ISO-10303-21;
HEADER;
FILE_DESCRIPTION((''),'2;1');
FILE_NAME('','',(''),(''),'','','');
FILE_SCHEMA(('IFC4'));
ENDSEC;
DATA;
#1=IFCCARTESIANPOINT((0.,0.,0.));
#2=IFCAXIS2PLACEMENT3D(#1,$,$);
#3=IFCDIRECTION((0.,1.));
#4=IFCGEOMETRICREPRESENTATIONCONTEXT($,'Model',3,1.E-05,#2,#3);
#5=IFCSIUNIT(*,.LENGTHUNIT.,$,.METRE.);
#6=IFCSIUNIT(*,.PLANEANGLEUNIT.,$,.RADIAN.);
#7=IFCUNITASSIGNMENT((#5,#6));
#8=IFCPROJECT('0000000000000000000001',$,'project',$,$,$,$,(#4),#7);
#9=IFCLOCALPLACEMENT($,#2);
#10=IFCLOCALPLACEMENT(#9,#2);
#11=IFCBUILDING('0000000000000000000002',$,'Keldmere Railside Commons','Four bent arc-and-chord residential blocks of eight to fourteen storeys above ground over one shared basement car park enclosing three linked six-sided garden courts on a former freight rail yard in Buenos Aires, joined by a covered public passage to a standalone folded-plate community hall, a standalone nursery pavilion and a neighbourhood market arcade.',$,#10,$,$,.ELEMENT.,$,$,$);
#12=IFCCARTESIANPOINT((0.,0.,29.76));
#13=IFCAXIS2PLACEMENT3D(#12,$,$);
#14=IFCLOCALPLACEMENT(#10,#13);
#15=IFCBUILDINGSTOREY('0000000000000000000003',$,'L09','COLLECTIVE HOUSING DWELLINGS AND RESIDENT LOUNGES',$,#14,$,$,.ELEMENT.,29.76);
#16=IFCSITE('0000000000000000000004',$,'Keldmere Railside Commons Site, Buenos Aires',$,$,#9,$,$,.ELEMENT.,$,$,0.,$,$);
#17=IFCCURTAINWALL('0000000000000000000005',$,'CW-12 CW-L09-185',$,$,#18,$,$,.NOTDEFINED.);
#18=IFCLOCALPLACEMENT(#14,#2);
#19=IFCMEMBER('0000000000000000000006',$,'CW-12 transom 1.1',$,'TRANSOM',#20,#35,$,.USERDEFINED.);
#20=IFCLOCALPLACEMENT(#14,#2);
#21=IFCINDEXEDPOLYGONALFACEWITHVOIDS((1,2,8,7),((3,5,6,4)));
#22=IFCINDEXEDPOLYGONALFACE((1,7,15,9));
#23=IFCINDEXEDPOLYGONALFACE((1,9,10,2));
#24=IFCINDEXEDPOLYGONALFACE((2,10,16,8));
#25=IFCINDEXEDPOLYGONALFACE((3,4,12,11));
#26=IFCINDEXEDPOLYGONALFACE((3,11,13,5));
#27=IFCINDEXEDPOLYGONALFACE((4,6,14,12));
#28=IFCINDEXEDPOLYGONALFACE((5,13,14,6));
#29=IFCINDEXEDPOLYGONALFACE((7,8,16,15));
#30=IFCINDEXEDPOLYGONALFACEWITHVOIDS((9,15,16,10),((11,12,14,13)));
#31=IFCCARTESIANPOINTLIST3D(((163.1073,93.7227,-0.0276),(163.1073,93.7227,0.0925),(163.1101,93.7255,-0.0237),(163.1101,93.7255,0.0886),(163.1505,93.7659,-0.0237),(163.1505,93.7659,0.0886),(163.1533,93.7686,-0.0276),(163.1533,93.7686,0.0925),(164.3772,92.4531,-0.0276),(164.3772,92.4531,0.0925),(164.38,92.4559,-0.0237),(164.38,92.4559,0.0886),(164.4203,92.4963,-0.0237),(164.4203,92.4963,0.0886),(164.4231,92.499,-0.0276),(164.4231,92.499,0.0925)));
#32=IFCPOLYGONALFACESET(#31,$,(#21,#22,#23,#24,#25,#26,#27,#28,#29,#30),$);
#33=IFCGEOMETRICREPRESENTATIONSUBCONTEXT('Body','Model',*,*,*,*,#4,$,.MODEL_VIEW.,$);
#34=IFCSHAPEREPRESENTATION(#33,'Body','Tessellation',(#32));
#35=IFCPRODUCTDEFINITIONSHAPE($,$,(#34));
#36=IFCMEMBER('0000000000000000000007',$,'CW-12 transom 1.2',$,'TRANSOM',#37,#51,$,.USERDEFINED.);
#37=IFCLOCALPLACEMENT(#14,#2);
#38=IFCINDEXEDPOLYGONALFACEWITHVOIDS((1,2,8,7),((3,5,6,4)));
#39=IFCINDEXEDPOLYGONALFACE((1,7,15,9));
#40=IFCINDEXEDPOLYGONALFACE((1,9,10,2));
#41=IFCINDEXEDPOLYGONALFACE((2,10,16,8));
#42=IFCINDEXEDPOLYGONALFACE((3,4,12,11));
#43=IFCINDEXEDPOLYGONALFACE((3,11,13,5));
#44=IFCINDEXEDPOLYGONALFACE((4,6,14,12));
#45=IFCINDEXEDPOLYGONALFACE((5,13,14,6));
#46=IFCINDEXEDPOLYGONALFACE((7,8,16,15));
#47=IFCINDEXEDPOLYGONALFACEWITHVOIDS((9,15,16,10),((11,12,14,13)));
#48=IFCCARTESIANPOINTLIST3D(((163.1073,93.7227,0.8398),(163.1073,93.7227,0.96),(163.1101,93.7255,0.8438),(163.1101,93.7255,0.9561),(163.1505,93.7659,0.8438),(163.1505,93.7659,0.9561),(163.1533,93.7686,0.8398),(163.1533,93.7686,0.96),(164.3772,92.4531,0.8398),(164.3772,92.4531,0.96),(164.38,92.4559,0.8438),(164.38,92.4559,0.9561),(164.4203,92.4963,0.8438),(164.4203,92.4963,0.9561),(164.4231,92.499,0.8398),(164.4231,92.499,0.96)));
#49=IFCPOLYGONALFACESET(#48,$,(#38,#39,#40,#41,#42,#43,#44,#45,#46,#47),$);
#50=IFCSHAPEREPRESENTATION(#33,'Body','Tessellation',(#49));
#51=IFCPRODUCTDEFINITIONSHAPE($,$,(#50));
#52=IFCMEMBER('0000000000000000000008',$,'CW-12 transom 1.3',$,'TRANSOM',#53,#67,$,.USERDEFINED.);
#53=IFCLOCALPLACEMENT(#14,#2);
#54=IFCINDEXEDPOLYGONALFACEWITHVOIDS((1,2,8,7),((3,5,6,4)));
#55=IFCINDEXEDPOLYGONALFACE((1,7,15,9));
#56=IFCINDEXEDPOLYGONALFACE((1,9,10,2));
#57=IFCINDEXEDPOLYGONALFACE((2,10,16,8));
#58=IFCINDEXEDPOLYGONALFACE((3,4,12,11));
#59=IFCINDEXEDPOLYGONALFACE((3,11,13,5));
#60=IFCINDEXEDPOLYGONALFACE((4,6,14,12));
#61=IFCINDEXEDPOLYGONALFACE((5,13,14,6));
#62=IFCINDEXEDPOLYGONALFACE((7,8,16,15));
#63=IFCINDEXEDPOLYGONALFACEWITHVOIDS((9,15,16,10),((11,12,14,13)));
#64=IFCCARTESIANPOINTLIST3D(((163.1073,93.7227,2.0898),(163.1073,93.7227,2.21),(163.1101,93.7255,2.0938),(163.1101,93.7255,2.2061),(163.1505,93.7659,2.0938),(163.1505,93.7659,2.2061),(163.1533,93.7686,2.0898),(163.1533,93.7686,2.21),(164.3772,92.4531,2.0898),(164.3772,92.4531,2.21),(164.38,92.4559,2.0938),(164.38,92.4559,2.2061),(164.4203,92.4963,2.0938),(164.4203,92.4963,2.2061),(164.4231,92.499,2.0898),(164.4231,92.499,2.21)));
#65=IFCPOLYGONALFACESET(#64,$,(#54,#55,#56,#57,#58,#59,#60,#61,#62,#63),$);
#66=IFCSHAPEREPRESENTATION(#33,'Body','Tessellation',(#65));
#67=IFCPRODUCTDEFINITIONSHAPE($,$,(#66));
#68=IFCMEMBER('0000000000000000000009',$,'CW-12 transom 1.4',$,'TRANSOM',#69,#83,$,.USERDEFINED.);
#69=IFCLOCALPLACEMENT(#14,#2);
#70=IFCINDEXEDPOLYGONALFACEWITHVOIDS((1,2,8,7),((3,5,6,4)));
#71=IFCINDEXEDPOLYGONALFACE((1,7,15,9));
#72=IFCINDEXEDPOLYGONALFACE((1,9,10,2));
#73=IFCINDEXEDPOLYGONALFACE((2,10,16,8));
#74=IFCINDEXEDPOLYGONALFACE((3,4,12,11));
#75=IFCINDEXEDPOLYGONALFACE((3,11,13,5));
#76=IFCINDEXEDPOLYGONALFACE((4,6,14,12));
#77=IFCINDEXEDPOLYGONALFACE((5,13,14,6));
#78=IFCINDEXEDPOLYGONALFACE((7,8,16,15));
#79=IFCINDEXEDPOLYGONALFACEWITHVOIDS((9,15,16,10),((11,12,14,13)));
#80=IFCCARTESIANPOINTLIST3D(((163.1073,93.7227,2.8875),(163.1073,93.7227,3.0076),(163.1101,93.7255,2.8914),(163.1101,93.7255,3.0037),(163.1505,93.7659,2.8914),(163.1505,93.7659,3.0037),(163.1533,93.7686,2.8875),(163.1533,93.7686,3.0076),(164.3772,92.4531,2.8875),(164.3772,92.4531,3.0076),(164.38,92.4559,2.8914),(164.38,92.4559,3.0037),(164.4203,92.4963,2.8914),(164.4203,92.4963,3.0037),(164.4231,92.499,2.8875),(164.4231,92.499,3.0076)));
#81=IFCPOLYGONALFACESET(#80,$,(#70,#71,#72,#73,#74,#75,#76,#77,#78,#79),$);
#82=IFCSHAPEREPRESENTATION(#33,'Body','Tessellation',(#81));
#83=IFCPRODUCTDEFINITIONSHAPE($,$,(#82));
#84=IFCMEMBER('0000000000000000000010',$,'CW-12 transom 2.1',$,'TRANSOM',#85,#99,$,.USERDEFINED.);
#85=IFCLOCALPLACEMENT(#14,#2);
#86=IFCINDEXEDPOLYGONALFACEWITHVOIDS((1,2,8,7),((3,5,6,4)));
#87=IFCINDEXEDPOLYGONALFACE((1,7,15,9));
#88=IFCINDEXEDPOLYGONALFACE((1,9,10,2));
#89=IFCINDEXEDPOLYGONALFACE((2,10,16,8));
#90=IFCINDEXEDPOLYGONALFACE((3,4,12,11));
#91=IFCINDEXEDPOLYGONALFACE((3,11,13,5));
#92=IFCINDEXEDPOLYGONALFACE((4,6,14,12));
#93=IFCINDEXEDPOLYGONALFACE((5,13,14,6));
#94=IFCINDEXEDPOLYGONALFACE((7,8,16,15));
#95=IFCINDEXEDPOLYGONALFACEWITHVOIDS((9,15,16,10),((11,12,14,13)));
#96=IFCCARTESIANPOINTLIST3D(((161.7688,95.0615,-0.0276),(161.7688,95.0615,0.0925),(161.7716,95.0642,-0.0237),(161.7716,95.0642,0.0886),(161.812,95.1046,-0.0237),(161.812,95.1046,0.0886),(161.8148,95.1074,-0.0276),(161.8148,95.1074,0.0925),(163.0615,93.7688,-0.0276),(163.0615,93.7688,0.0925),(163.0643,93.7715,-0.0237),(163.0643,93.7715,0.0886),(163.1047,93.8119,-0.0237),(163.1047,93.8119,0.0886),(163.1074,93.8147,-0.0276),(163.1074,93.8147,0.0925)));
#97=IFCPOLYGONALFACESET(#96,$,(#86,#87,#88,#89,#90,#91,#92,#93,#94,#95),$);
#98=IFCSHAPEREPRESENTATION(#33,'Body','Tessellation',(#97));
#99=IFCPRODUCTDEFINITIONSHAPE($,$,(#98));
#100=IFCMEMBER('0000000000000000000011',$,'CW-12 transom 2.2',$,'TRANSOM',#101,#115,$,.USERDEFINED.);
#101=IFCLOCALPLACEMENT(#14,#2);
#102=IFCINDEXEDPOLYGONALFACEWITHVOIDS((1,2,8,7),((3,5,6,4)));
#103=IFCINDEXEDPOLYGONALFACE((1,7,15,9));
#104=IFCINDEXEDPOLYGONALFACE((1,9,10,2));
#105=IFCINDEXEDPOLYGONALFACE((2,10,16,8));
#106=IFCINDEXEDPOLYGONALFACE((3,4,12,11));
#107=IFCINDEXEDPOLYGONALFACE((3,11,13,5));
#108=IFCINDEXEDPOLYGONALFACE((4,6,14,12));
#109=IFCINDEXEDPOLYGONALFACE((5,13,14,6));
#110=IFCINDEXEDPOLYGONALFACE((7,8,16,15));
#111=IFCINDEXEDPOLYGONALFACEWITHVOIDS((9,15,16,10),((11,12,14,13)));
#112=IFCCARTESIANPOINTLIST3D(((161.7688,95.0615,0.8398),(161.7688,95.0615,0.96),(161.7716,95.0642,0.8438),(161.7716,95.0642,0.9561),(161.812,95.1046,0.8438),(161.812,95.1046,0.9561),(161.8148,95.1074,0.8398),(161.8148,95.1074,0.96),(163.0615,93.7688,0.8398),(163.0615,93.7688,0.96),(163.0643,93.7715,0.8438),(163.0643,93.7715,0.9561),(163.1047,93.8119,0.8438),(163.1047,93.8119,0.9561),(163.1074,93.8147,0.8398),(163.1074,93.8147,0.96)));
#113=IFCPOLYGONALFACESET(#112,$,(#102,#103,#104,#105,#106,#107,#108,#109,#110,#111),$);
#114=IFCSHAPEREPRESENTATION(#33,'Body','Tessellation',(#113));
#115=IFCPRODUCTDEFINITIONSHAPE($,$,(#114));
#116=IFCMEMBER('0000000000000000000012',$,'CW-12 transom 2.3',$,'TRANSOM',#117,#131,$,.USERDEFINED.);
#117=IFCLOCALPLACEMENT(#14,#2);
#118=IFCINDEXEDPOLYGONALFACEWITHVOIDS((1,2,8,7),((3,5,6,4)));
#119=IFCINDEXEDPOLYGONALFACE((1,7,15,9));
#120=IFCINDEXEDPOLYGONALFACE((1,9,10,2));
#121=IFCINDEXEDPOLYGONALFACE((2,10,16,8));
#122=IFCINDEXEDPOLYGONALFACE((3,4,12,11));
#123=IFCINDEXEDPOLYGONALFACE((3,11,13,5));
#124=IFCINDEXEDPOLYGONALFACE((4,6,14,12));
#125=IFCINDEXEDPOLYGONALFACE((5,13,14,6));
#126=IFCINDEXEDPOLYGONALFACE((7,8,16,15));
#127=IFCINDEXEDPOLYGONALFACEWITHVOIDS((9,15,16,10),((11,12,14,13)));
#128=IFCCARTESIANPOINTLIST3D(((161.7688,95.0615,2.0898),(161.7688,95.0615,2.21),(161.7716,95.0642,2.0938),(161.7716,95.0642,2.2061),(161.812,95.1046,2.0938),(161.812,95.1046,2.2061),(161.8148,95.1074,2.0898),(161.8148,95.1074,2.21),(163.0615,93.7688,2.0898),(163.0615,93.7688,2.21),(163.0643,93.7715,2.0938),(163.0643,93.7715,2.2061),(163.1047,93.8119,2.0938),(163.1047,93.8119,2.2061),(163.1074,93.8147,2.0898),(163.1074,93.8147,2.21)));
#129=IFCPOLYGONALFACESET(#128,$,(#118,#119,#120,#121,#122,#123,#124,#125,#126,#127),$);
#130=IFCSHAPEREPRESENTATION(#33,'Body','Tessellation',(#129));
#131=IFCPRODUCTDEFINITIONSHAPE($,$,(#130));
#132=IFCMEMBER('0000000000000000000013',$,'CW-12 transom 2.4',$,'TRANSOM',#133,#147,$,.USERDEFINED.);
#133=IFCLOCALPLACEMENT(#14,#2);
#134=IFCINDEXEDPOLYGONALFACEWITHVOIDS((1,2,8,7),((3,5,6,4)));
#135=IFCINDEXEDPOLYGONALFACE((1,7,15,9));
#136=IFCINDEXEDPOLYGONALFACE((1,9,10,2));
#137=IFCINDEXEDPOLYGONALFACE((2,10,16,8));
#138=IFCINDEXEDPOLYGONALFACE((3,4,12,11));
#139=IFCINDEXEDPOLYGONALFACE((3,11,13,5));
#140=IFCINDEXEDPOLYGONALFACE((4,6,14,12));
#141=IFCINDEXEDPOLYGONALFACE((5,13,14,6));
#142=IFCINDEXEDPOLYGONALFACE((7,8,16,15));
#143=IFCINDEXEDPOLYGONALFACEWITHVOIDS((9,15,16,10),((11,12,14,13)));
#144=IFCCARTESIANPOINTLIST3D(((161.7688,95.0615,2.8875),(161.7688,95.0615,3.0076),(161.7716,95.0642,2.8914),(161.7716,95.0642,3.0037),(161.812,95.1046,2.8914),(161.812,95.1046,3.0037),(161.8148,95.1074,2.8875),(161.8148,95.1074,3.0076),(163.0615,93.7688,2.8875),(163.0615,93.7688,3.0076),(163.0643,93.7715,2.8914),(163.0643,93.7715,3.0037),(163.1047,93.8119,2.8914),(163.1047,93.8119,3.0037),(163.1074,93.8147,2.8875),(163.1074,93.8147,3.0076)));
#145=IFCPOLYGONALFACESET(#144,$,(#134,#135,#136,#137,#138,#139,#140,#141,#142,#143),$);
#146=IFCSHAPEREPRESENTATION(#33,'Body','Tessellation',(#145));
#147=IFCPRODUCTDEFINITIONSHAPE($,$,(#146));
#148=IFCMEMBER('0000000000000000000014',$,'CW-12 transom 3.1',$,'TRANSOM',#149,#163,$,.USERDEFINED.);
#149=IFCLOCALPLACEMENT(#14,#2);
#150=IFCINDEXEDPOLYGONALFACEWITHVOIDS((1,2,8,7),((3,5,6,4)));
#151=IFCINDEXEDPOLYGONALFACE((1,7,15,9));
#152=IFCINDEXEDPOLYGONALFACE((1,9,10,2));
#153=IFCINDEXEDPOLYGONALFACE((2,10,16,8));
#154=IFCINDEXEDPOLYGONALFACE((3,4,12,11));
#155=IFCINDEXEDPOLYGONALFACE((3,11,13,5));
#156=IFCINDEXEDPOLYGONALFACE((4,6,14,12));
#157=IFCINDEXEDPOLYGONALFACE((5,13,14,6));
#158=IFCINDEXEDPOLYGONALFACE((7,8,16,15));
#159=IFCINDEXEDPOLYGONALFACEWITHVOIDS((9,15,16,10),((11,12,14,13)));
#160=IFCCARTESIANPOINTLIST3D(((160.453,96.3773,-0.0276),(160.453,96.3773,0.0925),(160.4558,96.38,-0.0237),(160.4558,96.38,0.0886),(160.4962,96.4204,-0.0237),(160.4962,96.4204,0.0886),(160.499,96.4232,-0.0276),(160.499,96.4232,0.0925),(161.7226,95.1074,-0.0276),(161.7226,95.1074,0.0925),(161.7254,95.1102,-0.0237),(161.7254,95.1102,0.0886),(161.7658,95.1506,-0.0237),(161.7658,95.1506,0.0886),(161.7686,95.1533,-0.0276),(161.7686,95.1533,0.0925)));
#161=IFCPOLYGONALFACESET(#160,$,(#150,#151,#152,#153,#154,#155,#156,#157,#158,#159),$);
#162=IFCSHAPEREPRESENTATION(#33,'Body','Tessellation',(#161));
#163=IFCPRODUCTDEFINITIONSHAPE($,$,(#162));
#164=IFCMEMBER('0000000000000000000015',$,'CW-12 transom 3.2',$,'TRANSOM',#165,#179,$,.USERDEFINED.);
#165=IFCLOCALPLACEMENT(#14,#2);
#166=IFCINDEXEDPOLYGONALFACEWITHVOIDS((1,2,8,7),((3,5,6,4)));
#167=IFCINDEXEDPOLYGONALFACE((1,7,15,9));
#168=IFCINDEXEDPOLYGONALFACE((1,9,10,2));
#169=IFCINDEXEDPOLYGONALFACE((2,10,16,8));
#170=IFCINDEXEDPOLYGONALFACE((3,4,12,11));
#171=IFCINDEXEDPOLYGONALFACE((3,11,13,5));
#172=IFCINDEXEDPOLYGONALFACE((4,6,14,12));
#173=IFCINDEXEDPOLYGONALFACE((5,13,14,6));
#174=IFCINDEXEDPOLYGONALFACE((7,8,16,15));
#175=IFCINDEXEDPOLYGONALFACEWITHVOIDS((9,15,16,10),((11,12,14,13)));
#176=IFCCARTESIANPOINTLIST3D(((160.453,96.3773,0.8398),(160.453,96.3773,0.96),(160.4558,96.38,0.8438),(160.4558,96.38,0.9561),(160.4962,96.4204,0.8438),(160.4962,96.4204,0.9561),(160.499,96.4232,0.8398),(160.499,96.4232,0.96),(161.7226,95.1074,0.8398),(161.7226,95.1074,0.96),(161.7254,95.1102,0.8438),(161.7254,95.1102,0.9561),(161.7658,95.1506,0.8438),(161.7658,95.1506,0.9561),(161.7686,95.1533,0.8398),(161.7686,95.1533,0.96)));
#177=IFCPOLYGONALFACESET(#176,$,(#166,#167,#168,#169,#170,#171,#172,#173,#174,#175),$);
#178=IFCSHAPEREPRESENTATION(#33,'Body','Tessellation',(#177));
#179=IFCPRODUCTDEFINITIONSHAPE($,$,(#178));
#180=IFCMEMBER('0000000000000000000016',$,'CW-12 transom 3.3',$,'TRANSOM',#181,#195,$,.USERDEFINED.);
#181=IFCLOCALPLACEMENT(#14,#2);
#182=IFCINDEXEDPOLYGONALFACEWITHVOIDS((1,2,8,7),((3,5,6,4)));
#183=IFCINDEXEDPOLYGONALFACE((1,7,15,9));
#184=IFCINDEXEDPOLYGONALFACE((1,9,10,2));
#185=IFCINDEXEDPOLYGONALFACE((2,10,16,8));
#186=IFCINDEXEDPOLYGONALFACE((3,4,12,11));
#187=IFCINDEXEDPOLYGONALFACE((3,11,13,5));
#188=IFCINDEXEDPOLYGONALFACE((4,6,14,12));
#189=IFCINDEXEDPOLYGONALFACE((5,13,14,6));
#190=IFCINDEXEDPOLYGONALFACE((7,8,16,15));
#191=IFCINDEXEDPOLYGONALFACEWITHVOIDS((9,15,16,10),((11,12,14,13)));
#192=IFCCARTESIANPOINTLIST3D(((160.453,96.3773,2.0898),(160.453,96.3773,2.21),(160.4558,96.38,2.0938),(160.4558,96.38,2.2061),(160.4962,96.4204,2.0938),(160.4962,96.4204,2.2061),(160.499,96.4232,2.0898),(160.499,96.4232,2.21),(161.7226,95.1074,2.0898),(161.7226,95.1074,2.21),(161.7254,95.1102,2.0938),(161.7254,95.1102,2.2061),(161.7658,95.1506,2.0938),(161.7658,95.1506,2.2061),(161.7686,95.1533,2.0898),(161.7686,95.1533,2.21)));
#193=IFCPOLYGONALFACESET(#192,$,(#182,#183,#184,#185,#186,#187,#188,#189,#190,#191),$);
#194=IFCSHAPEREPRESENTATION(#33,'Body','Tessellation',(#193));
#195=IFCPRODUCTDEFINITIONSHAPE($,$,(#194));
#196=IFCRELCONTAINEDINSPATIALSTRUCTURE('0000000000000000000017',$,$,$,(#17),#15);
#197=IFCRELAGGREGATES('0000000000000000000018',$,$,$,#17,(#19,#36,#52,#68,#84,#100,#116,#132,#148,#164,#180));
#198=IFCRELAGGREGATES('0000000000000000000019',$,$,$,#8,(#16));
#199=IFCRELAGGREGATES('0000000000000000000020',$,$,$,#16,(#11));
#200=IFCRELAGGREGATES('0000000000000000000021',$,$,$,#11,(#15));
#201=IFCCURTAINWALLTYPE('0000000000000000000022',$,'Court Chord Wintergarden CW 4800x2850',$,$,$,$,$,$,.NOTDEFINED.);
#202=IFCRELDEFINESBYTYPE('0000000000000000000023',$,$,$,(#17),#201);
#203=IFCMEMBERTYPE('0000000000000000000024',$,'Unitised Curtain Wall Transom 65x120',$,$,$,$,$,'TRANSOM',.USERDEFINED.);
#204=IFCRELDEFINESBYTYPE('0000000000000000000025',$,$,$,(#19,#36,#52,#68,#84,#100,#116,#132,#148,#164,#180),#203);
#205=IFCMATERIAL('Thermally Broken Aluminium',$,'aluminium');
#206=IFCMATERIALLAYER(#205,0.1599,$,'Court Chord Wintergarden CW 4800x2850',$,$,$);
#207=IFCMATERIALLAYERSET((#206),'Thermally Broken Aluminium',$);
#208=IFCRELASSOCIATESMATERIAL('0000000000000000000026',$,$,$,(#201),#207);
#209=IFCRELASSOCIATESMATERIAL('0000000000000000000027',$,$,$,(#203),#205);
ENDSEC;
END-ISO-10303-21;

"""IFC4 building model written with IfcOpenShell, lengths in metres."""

from ifc_helpers import new_model, si_unit, direction, frame, origin, origin_2d, place, context, subcontext, project, spatial, hollow_rectangle, extrude, material, layer, layer_set, material_profile, profile_set, type_object, element, aggregate, save


model = new_model("IFC4")

# Units and contexts
model_context = context("Model", 3, precision=1e-05, world=origin(), true_north=direction((0.0, 1.0)))
body_context = subcontext(model_context, "Body", "Model", "MODEL_VIEW")
ifc_project = project(units=[si_unit("LENGTHUNIT", "METRE"), si_unit("PLANEANGLEUNIT", "RADIAN")], contexts=[model_context])

# Site, building, storey
site_placement = place(None, origin())
site = spatial("IfcSite", under=ifc_project, at=site_placement, Name="Keldmere Railside Commons Site, Buenos Aires", CompositionType="ELEMENT", RefElevation=0.0)
building_placement = place(site_placement, origin())
building = spatial("IfcBuilding", under=site, at=building_placement, Name="Keldmere Railside Commons", Description="Four bent arc-and-chord residential blocks of eight to fourteen storeys above ground over one shared basement car park enclosing three linked six-sided garden courts on a former freight rail yard in Buenos Aires, joined by a covered public passage to a standalone folded-plate community hall, a standalone nursery pavilion and a neighbourhood market arcade.", CompositionType="ELEMENT")
storey_placement = place(building_placement, frame((0.0, 0.0, 29.76)))
storey = spatial("IfcBuildingStorey", under=building, at=storey_placement, Name="L09", Description="COLLECTIVE HOUSING DWELLINGS AND RESIDENT LOUNGES", CompositionType="ELEMENT", Elevation=29.76)

# Curtain wall
ifc_material_1 = material(Name="Thermally Broken Aluminium", Category="aluminium")
ifc_layer_1 = layer(ifc_material_1, 0.1599, Name="Court Chord Wintergarden CW 4800x2850")
ifc_layer_set_1 = layer_set([ifc_layer_1], Name="Thermally Broken Aluminium")
curtain_wall_type_1 = type_object("IfcCurtainWallType", Name="Court Chord Wintergarden CW 4800x2850", PredefinedType="NOTDEFINED", material=ifc_layer_set_1)
curtain_wall_1_placement = place(storey_placement, origin())
curtain_wall_1 = element("IfcCurtainWall", 1, at=curtain_wall_1_placement, inside=storey, type_object=curtain_wall_type_1, Name="CW-12 CW-L09-185", PredefinedType="NOTDEFINED")

# Members
ifc_material_profile_1 = material_profile(ifc_material_1, hollow_rectangle(XDim=0.0649, YDim=0.1201, WallThickness=0.0039, at=origin_2d()), Name="ALU-TRAN-65x120")
ifc_profile_set_1 = profile_set([ifc_material_profile_1], Name="Thermally Broken Aluminium")
member_type_1 = type_object("IfcMemberType", Name="Unitised Curtain Wall Transom 65x120", ElementType="TRANSOM", PredefinedType="USERDEFINED", material=ifc_profile_set_1)
member_1_placement = place(storey_placement, frame((164.4001, 92.4761, 0.0325), z_axis=(-0.707175, 0.707039, 0.0), x_axis=(-0.707039, -0.707175, 0.0)))
member_1 = element("IfcMember", 2, at=member_1_placement, type_object=member_type_1, Name="CW-12 transom 1.1", ObjectType="TRANSOM", PredefinedType="USERDEFINED", context=body_context, shape_type="SweptSolid", body=[
    extrude(hollow_rectangle(XDim=0.0649, YDim=0.1201, WallThickness=0.0039, at=origin_2d()), origin(), (0.0, 0.0, 1.0), 1.7957),
])
member_2_placement = place(storey_placement, frame((164.4001, 92.4761, 0.8999), z_axis=(-0.707175, 0.707039, 0.0), x_axis=(-0.707039, -0.707175, 0.0)))
member_2 = element("IfcMember", 3, at=member_2_placement, type_object=member_type_1, Name="CW-12 transom 1.2", ObjectType="TRANSOM", PredefinedType="USERDEFINED", context=body_context, shape_type="SweptSolid", body=[
    extrude(hollow_rectangle(XDim=0.0649, YDim=0.1201, WallThickness=0.0039, at=origin_2d()), origin(), (0.0, 0.0, 1.0), 1.7957),
])
member_3_placement = place(storey_placement, frame((164.4001, 92.4761, 2.1499), z_axis=(-0.707175, 0.707039, 0.0), x_axis=(-0.707039, -0.707175, 0.0)))
member_3 = element("IfcMember", 4, at=member_3_placement, type_object=member_type_1, Name="CW-12 transom 1.3", ObjectType="TRANSOM", PredefinedType="USERDEFINED", context=body_context, shape_type="SweptSolid", body=[
    extrude(hollow_rectangle(XDim=0.0649, YDim=0.1201, WallThickness=0.0039, at=origin_2d()), origin(), (0.0, 0.0, 1.0), 1.7957),
])
member_4_placement = place(storey_placement, frame((164.4001, 92.4761, 2.9475), z_axis=(-0.707175, 0.707039, 0.0), x_axis=(-0.707039, -0.707175, 0.0)))
member_4 = element("IfcMember", 5, at=member_4_placement, type_object=member_type_1, Name="CW-12 transom 1.4", ObjectType="TRANSOM", PredefinedType="USERDEFINED", context=body_context, shape_type="SweptSolid", body=[
    extrude(hollow_rectangle(XDim=0.0649, YDim=0.1201, WallThickness=0.0039, at=origin_2d()), origin(), (0.0, 0.0, 1.0), 1.7957),
])
member_5_placement = place(storey_placement, frame((163.0845, 93.7917, 0.0325), z_axis=(-0.707107, 0.707107, 0.0), x_axis=(-0.707107, -0.707107, 0.0)))
member_5 = element("IfcMember", 6, at=member_5_placement, type_object=member_type_1, Name="CW-12 transom 2.1", ObjectType="TRANSOM", PredefinedType="USERDEFINED", context=body_context, shape_type="SweptSolid", body=[
    extrude(hollow_rectangle(XDim=0.0649, YDim=0.1201, WallThickness=0.0039, at=origin_2d()), origin(), (0.0, 0.0, 1.0), 1.8281),
])
member_6_placement = place(storey_placement, frame((163.0845, 93.7917, 0.8999), z_axis=(-0.707107, 0.707107, 0.0), x_axis=(-0.707107, -0.707107, 0.0)))
member_6 = element("IfcMember", 7, at=member_6_placement, type_object=member_type_1, Name="CW-12 transom 2.2", ObjectType="TRANSOM", PredefinedType="USERDEFINED", context=body_context, shape_type="SweptSolid", body=[
    extrude(hollow_rectangle(XDim=0.0649, YDim=0.1201, WallThickness=0.0039, at=origin_2d()), origin(), (0.0, 0.0, 1.0), 1.8281),
])
member_7_placement = place(storey_placement, frame((163.0845, 93.7917, 2.1499), z_axis=(-0.707107, 0.707107, 0.0), x_axis=(-0.707107, -0.707107, 0.0)))
member_7 = element("IfcMember", 8, at=member_7_placement, type_object=member_type_1, Name="CW-12 transom 2.3", ObjectType="TRANSOM", PredefinedType="USERDEFINED", context=body_context, shape_type="SweptSolid", body=[
    extrude(hollow_rectangle(XDim=0.0649, YDim=0.1201, WallThickness=0.0039, at=origin_2d()), origin(), (0.0, 0.0, 1.0), 1.8281),
])
member_8_placement = place(storey_placement, frame((163.0845, 93.7917, 2.9475), z_axis=(-0.707107, 0.707107, 0.0), x_axis=(-0.707107, -0.707107, 0.0)))
member_8 = element("IfcMember", 9, at=member_8_placement, type_object=member_type_1, Name="CW-12 transom 2.4", ObjectType="TRANSOM", PredefinedType="USERDEFINED", context=body_context, shape_type="SweptSolid", body=[
    extrude(hollow_rectangle(XDim=0.0649, YDim=0.1201, WallThickness=0.0039, at=origin_2d()), origin(), (0.0, 0.0, 1.0), 1.8281),
])
member_9_placement = place(storey_placement, frame((161.7456, 95.1304, 0.0325), z_axis=(-0.707039, 0.707175, 0.0), x_axis=(-0.707175, -0.707039, 0.0)))
member_9 = element("IfcMember", 10, at=member_9_placement, type_object=member_type_1, Name="CW-12 transom 3.1", ObjectType="TRANSOM", PredefinedType="USERDEFINED", context=body_context, shape_type="SweptSolid", body=[
    extrude(hollow_rectangle(XDim=0.0649, YDim=0.1201, WallThickness=0.0039, at=origin_2d()), origin(), (0.0, 0.0, 1.0), 1.7957),
])
member_10_placement = place(storey_placement, frame((161.7456, 95.1304, 0.8999), z_axis=(-0.707039, 0.707175, 0.0), x_axis=(-0.707175, -0.707039, 0.0)))
member_10 = element("IfcMember", 11, at=member_10_placement, type_object=member_type_1, Name="CW-12 transom 3.2", ObjectType="TRANSOM", PredefinedType="USERDEFINED", context=body_context, shape_type="SweptSolid", body=[
    extrude(hollow_rectangle(XDim=0.0649, YDim=0.1201, WallThickness=0.0039, at=origin_2d()), origin(), (0.0, 0.0, 1.0), 1.7957),
])
member_11_placement = place(storey_placement, frame((161.7456, 95.1304, 2.1499), z_axis=(-0.707039, 0.707175, 0.0), x_axis=(-0.707175, -0.707039, 0.0)))
member_11 = element("IfcMember", 12, at=member_11_placement, type_object=member_type_1, Name="CW-12 transom 3.3", ObjectType="TRANSOM", PredefinedType="USERDEFINED", context=body_context, shape_type="SweptSolid", body=[
    extrude(hollow_rectangle(XDim=0.0649, YDim=0.1201, WallThickness=0.0039, at=origin_2d()), origin(), (0.0, 0.0, 1.0), 1.7957),
])

aggregate(curtain_wall_1, [member_1, member_2, member_3, member_4, member_5, member_6, member_7, member_8, member_9, member_10, member_11])

save(model, "model.ifc")
